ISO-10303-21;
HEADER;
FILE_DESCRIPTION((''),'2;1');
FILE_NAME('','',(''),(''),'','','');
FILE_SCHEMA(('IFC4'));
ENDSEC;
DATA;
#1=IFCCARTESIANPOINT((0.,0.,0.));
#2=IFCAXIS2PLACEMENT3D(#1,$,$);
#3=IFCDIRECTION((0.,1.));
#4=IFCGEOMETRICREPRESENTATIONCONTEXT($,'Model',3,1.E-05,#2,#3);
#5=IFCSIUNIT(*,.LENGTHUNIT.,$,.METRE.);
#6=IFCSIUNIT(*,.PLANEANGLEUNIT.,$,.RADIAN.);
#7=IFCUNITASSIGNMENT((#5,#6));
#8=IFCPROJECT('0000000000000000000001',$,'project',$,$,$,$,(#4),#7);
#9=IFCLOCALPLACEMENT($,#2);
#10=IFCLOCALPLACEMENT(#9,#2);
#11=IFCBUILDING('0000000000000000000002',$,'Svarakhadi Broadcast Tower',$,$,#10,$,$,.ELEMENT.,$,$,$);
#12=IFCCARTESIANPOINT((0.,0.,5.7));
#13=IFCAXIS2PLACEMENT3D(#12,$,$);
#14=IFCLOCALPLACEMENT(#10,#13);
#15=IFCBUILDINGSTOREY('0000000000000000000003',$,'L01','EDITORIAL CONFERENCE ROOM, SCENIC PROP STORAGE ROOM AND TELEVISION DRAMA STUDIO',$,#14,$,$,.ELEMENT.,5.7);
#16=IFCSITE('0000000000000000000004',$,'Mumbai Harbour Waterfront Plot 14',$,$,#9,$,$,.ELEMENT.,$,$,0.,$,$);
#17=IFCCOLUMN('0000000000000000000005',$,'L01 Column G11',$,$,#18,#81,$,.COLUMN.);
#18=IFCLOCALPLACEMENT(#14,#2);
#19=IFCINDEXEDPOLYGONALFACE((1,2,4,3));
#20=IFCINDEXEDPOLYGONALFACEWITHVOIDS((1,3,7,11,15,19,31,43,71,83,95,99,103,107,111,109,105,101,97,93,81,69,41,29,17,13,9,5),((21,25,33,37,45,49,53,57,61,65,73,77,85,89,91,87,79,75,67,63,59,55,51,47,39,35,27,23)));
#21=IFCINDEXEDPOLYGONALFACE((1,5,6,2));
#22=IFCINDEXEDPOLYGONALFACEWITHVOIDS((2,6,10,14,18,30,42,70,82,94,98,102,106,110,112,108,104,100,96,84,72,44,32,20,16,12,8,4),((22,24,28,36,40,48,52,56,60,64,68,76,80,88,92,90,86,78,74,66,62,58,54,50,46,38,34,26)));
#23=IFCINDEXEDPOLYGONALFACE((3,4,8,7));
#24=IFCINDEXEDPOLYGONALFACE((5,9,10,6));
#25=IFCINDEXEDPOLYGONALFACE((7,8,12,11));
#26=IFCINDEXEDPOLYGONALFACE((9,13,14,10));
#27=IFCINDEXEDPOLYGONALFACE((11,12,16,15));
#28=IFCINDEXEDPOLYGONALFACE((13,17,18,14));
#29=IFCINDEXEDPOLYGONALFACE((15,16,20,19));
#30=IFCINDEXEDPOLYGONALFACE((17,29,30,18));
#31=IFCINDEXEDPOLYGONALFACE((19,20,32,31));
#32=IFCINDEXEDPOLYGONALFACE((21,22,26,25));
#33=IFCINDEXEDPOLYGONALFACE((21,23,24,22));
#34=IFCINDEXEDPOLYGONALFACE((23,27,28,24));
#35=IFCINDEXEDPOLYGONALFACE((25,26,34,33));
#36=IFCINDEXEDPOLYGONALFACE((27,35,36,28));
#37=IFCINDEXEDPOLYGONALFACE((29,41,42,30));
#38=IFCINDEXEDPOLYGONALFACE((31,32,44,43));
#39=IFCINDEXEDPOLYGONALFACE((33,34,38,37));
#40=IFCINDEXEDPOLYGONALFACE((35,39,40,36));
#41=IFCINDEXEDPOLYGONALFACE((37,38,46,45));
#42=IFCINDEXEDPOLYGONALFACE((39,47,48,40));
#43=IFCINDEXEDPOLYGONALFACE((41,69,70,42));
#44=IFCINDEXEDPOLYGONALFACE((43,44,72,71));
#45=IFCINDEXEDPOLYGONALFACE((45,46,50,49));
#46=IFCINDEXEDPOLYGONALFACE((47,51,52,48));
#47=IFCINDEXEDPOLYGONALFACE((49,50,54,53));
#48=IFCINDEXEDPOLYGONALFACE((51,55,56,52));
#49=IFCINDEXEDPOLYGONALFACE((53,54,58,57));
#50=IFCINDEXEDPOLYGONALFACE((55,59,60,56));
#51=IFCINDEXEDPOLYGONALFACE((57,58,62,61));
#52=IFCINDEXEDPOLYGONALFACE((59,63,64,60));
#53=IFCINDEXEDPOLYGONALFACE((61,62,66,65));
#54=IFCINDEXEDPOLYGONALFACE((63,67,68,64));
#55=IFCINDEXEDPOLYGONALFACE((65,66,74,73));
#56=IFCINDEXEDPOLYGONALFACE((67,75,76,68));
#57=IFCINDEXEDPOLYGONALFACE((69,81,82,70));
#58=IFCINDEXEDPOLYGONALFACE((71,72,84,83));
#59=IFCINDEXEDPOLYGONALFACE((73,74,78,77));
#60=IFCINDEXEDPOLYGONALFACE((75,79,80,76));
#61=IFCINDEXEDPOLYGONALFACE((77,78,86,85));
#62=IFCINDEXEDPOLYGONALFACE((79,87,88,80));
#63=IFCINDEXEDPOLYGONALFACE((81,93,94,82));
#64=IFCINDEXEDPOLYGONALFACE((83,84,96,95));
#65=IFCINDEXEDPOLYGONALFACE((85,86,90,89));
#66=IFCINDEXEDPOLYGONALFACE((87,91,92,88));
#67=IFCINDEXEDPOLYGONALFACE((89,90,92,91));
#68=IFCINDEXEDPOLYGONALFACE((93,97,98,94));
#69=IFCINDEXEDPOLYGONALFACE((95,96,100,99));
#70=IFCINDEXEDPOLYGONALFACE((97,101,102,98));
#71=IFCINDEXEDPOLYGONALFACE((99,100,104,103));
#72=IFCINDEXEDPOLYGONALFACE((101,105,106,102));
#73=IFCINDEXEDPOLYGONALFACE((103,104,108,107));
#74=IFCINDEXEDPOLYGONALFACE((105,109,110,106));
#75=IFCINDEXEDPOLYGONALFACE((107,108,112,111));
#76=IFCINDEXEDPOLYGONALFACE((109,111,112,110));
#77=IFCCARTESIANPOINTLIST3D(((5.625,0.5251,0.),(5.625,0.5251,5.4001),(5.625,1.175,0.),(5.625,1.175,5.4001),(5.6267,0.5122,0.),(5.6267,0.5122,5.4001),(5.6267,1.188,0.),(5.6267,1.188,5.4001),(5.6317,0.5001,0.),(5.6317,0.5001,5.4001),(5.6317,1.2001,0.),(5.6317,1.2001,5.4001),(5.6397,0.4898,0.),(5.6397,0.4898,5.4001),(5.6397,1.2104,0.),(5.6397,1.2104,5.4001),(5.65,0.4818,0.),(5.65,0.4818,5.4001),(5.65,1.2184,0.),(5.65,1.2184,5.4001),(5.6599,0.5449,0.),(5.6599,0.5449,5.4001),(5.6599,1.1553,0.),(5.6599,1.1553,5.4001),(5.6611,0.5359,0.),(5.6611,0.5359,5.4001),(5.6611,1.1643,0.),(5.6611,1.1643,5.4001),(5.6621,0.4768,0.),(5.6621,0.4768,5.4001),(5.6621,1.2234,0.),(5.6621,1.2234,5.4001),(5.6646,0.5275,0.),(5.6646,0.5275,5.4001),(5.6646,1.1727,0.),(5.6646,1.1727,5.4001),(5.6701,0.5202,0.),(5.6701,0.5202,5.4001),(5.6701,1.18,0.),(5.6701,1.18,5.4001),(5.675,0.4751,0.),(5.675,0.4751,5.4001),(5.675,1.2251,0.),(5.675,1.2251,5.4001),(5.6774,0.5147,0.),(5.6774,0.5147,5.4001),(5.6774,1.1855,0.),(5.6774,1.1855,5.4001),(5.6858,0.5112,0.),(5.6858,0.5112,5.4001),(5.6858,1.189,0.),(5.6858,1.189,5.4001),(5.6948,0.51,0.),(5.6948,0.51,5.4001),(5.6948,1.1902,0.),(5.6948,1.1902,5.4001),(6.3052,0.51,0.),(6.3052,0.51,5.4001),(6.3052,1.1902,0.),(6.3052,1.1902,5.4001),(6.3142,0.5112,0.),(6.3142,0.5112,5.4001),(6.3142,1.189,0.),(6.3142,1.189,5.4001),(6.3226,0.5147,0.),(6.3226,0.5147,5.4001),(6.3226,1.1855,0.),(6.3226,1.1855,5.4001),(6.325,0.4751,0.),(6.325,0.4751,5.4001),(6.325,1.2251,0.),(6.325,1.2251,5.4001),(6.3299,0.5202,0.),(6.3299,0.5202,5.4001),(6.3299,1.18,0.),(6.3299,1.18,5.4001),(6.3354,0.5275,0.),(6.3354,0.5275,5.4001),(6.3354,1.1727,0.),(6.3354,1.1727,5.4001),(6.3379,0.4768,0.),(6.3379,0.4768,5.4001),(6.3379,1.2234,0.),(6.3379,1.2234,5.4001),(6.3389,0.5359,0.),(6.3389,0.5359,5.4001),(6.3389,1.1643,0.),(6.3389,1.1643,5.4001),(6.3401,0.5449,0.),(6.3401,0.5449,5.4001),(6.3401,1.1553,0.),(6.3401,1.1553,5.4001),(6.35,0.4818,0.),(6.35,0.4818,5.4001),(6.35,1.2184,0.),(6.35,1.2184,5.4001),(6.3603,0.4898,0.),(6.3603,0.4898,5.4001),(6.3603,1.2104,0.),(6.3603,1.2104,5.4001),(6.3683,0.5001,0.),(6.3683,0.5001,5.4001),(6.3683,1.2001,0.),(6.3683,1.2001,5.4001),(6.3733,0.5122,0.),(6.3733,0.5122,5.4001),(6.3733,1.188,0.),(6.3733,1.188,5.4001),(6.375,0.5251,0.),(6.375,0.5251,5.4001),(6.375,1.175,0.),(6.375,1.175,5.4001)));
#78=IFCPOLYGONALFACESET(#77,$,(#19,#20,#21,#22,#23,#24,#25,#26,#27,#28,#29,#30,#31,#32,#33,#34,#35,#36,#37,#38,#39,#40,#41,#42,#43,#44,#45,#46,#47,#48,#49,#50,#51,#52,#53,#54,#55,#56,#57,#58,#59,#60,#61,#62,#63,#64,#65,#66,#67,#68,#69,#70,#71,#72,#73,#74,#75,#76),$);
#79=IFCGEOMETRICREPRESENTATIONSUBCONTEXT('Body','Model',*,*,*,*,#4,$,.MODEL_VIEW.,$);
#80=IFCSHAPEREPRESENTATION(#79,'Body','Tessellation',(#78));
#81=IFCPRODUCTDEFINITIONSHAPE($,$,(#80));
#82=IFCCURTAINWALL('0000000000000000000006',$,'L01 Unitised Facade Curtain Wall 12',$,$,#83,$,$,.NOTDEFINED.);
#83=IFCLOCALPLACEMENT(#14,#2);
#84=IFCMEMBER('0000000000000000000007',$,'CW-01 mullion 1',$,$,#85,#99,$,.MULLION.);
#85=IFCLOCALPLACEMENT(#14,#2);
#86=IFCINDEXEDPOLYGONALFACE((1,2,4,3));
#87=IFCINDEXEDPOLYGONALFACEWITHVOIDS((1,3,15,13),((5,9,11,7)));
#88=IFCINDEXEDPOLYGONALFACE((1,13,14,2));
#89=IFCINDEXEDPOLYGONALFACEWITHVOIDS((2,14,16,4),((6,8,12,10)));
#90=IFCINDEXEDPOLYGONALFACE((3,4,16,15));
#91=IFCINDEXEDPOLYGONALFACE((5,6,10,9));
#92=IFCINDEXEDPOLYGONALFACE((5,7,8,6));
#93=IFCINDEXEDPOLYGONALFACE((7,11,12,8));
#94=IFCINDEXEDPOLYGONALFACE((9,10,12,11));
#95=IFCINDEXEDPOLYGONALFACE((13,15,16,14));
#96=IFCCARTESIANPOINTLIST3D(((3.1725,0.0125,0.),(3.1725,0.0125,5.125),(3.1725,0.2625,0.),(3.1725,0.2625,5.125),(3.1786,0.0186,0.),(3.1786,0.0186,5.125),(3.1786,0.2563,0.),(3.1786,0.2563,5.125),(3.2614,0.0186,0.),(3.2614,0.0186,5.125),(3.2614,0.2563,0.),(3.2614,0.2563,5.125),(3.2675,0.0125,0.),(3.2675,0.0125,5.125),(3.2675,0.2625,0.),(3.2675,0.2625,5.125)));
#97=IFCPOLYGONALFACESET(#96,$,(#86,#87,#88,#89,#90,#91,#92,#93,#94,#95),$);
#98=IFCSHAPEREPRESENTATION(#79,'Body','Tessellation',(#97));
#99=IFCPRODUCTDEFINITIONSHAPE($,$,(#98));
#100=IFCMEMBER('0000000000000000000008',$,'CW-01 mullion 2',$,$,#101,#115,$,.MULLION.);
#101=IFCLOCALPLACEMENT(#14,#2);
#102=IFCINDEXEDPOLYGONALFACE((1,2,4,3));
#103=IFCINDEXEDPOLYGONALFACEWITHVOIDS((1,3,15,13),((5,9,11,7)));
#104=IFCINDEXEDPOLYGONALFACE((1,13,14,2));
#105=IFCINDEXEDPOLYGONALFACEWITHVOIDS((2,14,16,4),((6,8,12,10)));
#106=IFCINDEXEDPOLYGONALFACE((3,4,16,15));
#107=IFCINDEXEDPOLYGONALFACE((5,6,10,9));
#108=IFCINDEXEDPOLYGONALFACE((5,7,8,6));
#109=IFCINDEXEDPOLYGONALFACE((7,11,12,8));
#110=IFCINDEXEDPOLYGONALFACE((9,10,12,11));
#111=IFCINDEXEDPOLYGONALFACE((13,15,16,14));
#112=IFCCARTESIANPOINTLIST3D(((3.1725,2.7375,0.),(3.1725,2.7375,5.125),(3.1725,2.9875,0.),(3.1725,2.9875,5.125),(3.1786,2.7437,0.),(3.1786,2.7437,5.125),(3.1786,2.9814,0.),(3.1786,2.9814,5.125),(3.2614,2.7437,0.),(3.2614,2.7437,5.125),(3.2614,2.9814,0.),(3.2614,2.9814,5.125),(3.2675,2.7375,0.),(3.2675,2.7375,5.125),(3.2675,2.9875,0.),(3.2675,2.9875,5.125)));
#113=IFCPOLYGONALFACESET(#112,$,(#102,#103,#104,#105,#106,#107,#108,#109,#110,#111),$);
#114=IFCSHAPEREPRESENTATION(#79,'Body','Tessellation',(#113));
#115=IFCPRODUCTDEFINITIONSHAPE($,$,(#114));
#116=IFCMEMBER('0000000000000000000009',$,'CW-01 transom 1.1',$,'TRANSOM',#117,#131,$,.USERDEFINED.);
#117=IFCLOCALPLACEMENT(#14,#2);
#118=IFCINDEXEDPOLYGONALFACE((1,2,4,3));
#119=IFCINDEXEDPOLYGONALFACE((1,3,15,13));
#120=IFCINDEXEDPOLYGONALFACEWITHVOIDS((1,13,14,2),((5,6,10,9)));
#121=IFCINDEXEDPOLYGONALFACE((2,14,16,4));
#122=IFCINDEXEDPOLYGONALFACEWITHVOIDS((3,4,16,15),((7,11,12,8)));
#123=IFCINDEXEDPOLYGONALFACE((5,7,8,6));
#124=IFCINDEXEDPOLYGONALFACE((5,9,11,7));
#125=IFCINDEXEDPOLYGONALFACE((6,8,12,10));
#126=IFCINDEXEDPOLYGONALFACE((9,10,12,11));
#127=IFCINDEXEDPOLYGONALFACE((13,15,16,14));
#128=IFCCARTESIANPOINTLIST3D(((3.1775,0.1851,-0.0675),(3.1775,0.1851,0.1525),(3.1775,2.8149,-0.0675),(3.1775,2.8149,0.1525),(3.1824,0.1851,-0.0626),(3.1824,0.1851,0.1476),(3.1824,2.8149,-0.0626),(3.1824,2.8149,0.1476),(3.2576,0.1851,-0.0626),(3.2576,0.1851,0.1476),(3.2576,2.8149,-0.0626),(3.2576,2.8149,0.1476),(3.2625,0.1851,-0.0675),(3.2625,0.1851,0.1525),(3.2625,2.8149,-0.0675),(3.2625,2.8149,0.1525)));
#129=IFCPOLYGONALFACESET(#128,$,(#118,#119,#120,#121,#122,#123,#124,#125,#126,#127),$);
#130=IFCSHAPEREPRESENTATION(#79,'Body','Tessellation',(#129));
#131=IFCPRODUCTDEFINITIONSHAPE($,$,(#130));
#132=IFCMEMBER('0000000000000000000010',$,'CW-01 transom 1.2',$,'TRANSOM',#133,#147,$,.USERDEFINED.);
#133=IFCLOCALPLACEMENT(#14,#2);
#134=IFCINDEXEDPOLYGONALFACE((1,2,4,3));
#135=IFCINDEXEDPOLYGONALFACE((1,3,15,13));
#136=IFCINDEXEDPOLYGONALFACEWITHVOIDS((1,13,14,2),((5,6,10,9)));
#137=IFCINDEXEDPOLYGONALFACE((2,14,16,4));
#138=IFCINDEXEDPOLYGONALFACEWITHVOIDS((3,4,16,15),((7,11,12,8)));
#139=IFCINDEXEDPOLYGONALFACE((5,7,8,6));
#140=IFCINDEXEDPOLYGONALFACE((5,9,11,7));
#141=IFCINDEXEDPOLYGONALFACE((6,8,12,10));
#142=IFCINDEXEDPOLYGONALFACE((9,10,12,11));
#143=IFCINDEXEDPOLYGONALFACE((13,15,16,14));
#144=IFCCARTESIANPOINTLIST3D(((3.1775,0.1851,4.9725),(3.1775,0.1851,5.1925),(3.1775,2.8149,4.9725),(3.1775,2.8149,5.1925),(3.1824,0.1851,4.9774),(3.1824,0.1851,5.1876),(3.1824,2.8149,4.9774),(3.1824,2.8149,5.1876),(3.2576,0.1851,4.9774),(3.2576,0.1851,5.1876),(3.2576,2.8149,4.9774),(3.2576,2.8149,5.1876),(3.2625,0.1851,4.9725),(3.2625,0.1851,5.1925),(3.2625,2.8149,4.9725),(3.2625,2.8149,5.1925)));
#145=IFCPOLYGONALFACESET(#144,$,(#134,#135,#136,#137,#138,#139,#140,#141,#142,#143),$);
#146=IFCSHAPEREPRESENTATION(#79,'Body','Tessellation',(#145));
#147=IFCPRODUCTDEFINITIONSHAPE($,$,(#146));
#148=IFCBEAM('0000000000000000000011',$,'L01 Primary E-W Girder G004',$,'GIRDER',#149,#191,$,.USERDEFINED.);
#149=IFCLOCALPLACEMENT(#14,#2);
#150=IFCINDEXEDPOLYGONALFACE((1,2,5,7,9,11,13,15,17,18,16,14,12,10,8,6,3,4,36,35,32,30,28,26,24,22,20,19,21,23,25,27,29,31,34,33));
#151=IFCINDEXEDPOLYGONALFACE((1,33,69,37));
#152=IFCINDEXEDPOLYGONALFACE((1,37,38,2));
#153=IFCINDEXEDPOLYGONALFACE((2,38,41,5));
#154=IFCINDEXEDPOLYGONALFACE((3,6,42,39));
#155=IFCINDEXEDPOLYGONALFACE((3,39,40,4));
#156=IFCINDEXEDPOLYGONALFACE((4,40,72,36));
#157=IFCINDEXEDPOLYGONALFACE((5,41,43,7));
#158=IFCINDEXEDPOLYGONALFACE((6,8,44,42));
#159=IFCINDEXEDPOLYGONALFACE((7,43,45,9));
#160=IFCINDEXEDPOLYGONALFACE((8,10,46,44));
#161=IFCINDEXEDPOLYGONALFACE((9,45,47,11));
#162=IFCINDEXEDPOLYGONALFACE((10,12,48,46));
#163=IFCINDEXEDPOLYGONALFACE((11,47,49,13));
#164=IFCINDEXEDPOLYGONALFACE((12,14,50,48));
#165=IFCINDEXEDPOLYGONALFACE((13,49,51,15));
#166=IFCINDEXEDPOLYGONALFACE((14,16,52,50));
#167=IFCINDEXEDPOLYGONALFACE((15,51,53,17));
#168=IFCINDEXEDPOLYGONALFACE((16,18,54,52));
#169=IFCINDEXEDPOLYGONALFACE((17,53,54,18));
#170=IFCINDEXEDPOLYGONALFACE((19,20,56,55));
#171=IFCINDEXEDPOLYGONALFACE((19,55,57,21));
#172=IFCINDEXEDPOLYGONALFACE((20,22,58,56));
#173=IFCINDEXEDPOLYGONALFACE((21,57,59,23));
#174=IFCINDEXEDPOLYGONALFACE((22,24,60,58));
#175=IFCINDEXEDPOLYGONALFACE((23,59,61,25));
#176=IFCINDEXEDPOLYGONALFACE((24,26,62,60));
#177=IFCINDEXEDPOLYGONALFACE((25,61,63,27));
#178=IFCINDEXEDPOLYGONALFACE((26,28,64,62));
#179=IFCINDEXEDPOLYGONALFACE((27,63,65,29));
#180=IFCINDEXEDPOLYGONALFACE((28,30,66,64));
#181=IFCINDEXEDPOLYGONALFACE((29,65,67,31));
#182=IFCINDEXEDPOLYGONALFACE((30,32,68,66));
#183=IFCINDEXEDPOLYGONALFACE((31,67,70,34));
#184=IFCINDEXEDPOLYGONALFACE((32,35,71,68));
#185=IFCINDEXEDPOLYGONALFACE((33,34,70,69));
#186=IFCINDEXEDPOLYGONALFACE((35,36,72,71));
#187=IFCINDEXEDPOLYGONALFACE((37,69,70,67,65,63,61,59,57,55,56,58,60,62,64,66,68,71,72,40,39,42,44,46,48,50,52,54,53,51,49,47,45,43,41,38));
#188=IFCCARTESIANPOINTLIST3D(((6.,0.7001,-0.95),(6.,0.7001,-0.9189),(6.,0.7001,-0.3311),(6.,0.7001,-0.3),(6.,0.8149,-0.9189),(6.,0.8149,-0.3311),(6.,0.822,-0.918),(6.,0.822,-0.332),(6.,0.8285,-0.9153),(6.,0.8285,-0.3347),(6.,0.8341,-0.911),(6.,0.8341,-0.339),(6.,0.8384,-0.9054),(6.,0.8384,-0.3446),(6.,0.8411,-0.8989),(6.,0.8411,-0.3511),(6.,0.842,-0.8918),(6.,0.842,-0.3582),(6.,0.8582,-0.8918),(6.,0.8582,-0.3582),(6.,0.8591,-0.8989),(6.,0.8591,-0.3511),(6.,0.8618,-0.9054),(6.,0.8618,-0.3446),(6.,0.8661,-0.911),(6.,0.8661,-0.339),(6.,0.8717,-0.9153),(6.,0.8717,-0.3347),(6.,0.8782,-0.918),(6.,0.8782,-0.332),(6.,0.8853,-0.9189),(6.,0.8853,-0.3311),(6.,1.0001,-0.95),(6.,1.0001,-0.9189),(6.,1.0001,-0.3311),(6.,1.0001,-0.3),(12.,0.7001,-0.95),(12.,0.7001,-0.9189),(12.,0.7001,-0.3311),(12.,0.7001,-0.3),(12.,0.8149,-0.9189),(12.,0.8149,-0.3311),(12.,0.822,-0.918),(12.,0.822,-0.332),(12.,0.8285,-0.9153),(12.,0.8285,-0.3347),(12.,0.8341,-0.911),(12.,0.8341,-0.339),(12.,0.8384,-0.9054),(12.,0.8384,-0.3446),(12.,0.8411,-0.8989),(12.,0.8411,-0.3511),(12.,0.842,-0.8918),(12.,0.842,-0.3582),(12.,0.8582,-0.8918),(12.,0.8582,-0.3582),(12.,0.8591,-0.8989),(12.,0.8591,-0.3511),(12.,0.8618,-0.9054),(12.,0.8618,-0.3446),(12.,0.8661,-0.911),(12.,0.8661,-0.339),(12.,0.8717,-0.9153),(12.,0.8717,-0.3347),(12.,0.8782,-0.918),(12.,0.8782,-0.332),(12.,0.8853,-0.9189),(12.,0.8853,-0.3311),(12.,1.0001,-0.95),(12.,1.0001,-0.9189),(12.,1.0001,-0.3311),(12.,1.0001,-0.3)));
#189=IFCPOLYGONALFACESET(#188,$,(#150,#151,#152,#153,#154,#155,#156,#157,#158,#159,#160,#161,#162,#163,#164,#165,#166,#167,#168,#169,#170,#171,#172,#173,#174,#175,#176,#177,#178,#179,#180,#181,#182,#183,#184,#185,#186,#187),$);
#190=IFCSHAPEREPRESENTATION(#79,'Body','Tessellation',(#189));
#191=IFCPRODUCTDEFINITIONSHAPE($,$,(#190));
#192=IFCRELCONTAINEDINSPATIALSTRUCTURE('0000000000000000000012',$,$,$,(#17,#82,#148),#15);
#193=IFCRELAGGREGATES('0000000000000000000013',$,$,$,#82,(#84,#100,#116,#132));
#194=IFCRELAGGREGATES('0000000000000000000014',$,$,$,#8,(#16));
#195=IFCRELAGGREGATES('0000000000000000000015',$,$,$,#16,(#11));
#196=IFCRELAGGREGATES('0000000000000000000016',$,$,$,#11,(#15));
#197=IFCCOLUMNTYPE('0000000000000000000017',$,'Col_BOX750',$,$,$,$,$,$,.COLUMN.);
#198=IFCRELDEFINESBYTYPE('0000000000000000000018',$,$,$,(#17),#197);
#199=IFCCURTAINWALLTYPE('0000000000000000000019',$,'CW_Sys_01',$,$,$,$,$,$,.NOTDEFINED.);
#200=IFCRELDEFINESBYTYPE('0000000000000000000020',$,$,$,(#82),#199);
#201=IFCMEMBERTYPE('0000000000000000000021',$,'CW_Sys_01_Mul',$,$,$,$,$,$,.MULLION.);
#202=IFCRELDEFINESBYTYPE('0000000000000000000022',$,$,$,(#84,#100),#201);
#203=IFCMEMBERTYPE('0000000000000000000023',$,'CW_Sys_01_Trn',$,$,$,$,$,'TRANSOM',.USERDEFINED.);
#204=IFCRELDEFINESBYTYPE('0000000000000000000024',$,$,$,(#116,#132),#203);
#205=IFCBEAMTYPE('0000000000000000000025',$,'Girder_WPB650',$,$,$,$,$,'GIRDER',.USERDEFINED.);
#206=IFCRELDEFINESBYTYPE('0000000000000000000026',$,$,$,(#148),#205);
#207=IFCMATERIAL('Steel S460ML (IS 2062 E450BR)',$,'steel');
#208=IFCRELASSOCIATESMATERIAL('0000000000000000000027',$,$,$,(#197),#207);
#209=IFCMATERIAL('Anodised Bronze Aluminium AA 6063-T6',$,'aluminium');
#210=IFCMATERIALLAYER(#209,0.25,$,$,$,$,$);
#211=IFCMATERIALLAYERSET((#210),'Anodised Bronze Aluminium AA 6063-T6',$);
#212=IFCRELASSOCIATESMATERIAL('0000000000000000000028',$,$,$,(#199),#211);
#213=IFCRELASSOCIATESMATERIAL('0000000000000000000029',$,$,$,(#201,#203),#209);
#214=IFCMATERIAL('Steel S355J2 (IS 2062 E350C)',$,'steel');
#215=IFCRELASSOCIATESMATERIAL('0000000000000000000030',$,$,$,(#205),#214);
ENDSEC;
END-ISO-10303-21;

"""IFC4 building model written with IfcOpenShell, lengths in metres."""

from ifc_helpers import new_model, si_unit, direction, frame, origin, origin_2d, place, context, subcontext, project, spatial, hollow_rectangle, i_section, extrude, material, layer, layer_set, material_profile, profile_set, type_object, element, aggregate, save


model = new_model("IFC4")

# Units and contexts
model_context = context("Model", 3, precision=1e-05, world=origin(), true_north=direction((0.0, 1.0)))
body_context = subcontext(model_context, "Body", "Model", "MODEL_VIEW")
ifc_project = project(units=[si_unit("LENGTHUNIT", "METRE"), si_unit("PLANEANGLEUNIT", "RADIAN")], contexts=[model_context])

# Site, building, storey
site_placement = place(None, origin())
site = spatial("IfcSite", under=ifc_project, at=site_placement, Name="Mumbai Harbour Waterfront Plot 14", CompositionType="ELEMENT", RefElevation=0.0)
building_placement = place(site_placement, origin())
building = spatial("IfcBuilding", under=site, at=building_placement, Name="Svarakhadi Broadcast Tower", CompositionType="ELEMENT")
storey_placement = place(building_placement, frame((0.0, 0.0, 5.7)))
storey = spatial("IfcBuildingStorey", under=building, at=storey_placement, Name="L01", Description="EDITORIAL CONFERENCE ROOM, SCENIC PROP STORAGE ROOM AND TELEVISION DRAMA STUDIO", CompositionType="ELEMENT", Elevation=5.7)

# Column
ifc_material_1 = material(Name="Steel S460ML (IS 2062 E450BR)", Category="steel")
ifc_material_profile_1 = material_profile(ifc_material_1, hollow_rectangle(XDim=0.75, YDim=0.75, WallThickness=0.0349, InnerFilletRadius=0.0349, OuterFilletRadius=0.05, at=origin_2d()), Name="BOX 750x750x35")
ifc_profile_set_1 = profile_set([ifc_material_profile_1], Name="Steel S460ML (IS 2062 E450BR)")
column_type = type_object("IfcColumnType", Name="Col_BOX750", PredefinedType="COLUMN", material=ifc_profile_set_1)
column_placement = place(storey_placement, frame((6.0, 0.8501, 0.0), z_axis=(0.0, 0.0, 1.0), x_axis=(1.0, 0.0, 0.0)))
element("IfcColumn", 1, at=column_placement, inside=storey, type_object=column_type, Name="L01 Column G11", PredefinedType="COLUMN", context=body_context, shape_type="SweptSolid", body=[
    extrude(hollow_rectangle(XDim=0.75, YDim=0.75, WallThickness=0.0349, InnerFilletRadius=0.0349, OuterFilletRadius=0.05, at=origin_2d()), origin(), (0.0, 0.0, 1.0), 5.4001),
])

# Curtain wall, members
ifc_material_2 = material(Name="Anodised Bronze Aluminium AA 6063-T6", Category="aluminium")
ifc_layer_1 = layer(ifc_material_2, 0.25)
ifc_layer_set_1 = layer_set([ifc_layer_1], Name="Anodised Bronze Aluminium AA 6063-T6")
curtain_wall_type = type_object("IfcCurtainWallType", Name="CW_Sys_01", PredefinedType="NOTDEFINED", material=ifc_layer_set_1)
curtain_wall_placement = place(storey_placement, origin())
curtain_wall = element("IfcCurtainWall", 2, at=curtain_wall_placement, inside=storey, type_object=curtain_wall_type, Name="L01 Unitised Facade Curtain Wall 12", PredefinedType="NOTDEFINED")
ifc_material_profile_2 = material_profile(ifc_material_2, hollow_rectangle(XDim=0.095, YDim=0.25, WallThickness=0.0061, at=origin_2d()), Name="ALU MULLION 250x95x6")
ifc_profile_set_2 = profile_set([ifc_material_profile_2], Name="Anodised Bronze Aluminium AA 6063-T6")
member_type_1 = type_object("IfcMemberType", Name="CW_Sys_01_Mul", PredefinedType="MULLION", material=ifc_profile_set_2)
member_1_placement = place(storey_placement, frame((3.22, 0.1375, 0.0), z_axis=(0.0, 0.0, 1.0), x_axis=(-1.0, 0.0, 0.0)))
member_1 = element("IfcMember", 3, at=member_1_placement, type_object=member_type_1, Name="CW-01 mullion 1", PredefinedType="MULLION", context=body_context, shape_type="SweptSolid", body=[
    extrude(hollow_rectangle(XDim=0.095, YDim=0.25, WallThickness=0.0061, at=origin_2d()), origin(), (0.0, 0.0, 1.0), 5.125),
])
member_2_placement = place(storey_placement, frame((3.22, 2.8625, 0.0), z_axis=(0.0, 0.0, 1.0), x_axis=(-1.0, 0.0, 0.0)))
member_2 = element("IfcMember", 4, at=member_2_placement, type_object=member_type_1, Name="CW-01 mullion 2", PredefinedType="MULLION", context=body_context, shape_type="SweptSolid", body=[
    extrude(hollow_rectangle(XDim=0.095, YDim=0.25, WallThickness=0.0061, at=origin_2d()), origin(), (0.0, 0.0, 1.0), 5.125),
])
ifc_material_profile_3 = material_profile(ifc_material_2, hollow_rectangle(XDim=0.085, YDim=0.22, WallThickness=0.0049, at=origin_2d()), Name="ALU TRANSOM 220x85x5")
ifc_profile_set_3 = profile_set([ifc_material_profile_3], Name="Anodised Bronze Aluminium AA 6063-T6")
member_type_2 = type_object("IfcMemberType", Name="CW_Sys_01_Trn", ElementType="TRANSOM", PredefinedType="USERDEFINED", material=ifc_profile_set_3)
member_3_placement = place(storey_placement, frame((3.22, 0.1851, 0.0425), z_axis=(0.0, 1.0, 0.0), x_axis=(-1.0, 0.0, 0.0)))
member_3 = element("IfcMember", 5, at=member_3_placement, type_object=member_type_2, Name="CW-01 transom 1.1", ObjectType="TRANSOM", PredefinedType="USERDEFINED", context=body_context, shape_type="SweptSolid", body=[
    extrude(hollow_rectangle(XDim=0.085, YDim=0.22, WallThickness=0.0049, at=origin_2d()), origin(), (0.0, 0.0, 1.0), 2.6299),
])
member_4_placement = place(storey_placement, frame((3.22, 0.1851, 5.0825), z_axis=(0.0, 1.0, 0.0), x_axis=(-1.0, 0.0, 0.0)))
member_4 = element("IfcMember", 6, at=member_4_placement, type_object=member_type_2, Name="CW-01 transom 1.2", ObjectType="TRANSOM", PredefinedType="USERDEFINED", context=body_context, shape_type="SweptSolid", body=[
    extrude(hollow_rectangle(XDim=0.085, YDim=0.22, WallThickness=0.0049, at=origin_2d()), origin(), (0.0, 0.0, 1.0), 2.6299),
])

# Beam
ifc_material_3 = material(Name="Steel S355J2 (IS 2062 E350C)", Category="steel")
ifc_material_profile_4 = material_profile(ifc_material_3, i_section(OverallWidth=0.3, OverallDepth=0.6499, WebThickness=0.0161, FlangeThickness=0.031, FilletRadius=0.0271, at=origin_2d()), Name="WPB 650x300x225")
ifc_profile_set_4 = profile_set([ifc_material_profile_4], Name="Steel S355J2 (IS 2062 E350C)")
beam_type = type_object("IfcBeamType", Name="Girder_WPB650", ElementType="GIRDER", PredefinedType="USERDEFINED", material=ifc_profile_set_4)
beam_placement = place(storey_placement, frame((6.0, 0.8501, -0.625), z_axis=(1.0, 0.0, 0.0), x_axis=(0.0, 1.0, 0.0)))
element("IfcBeam", 7, at=beam_placement, inside=storey, type_object=beam_type, Name="L01 Primary E-W Girder G004", ObjectType="GIRDER", PredefinedType="USERDEFINED", context=body_context, shape_type="SweptSolid", body=[
    extrude(i_section(OverallWidth=0.3, OverallDepth=0.6499, WebThickness=0.0161, FlangeThickness=0.031, FilletRadius=0.0271, at=origin_2d()), origin(), (0.0, 0.0, 1.0), 6.0),
])

aggregate(curtain_wall, [member_1, member_2, member_3, member_4])

save(model, "model.ifc")
